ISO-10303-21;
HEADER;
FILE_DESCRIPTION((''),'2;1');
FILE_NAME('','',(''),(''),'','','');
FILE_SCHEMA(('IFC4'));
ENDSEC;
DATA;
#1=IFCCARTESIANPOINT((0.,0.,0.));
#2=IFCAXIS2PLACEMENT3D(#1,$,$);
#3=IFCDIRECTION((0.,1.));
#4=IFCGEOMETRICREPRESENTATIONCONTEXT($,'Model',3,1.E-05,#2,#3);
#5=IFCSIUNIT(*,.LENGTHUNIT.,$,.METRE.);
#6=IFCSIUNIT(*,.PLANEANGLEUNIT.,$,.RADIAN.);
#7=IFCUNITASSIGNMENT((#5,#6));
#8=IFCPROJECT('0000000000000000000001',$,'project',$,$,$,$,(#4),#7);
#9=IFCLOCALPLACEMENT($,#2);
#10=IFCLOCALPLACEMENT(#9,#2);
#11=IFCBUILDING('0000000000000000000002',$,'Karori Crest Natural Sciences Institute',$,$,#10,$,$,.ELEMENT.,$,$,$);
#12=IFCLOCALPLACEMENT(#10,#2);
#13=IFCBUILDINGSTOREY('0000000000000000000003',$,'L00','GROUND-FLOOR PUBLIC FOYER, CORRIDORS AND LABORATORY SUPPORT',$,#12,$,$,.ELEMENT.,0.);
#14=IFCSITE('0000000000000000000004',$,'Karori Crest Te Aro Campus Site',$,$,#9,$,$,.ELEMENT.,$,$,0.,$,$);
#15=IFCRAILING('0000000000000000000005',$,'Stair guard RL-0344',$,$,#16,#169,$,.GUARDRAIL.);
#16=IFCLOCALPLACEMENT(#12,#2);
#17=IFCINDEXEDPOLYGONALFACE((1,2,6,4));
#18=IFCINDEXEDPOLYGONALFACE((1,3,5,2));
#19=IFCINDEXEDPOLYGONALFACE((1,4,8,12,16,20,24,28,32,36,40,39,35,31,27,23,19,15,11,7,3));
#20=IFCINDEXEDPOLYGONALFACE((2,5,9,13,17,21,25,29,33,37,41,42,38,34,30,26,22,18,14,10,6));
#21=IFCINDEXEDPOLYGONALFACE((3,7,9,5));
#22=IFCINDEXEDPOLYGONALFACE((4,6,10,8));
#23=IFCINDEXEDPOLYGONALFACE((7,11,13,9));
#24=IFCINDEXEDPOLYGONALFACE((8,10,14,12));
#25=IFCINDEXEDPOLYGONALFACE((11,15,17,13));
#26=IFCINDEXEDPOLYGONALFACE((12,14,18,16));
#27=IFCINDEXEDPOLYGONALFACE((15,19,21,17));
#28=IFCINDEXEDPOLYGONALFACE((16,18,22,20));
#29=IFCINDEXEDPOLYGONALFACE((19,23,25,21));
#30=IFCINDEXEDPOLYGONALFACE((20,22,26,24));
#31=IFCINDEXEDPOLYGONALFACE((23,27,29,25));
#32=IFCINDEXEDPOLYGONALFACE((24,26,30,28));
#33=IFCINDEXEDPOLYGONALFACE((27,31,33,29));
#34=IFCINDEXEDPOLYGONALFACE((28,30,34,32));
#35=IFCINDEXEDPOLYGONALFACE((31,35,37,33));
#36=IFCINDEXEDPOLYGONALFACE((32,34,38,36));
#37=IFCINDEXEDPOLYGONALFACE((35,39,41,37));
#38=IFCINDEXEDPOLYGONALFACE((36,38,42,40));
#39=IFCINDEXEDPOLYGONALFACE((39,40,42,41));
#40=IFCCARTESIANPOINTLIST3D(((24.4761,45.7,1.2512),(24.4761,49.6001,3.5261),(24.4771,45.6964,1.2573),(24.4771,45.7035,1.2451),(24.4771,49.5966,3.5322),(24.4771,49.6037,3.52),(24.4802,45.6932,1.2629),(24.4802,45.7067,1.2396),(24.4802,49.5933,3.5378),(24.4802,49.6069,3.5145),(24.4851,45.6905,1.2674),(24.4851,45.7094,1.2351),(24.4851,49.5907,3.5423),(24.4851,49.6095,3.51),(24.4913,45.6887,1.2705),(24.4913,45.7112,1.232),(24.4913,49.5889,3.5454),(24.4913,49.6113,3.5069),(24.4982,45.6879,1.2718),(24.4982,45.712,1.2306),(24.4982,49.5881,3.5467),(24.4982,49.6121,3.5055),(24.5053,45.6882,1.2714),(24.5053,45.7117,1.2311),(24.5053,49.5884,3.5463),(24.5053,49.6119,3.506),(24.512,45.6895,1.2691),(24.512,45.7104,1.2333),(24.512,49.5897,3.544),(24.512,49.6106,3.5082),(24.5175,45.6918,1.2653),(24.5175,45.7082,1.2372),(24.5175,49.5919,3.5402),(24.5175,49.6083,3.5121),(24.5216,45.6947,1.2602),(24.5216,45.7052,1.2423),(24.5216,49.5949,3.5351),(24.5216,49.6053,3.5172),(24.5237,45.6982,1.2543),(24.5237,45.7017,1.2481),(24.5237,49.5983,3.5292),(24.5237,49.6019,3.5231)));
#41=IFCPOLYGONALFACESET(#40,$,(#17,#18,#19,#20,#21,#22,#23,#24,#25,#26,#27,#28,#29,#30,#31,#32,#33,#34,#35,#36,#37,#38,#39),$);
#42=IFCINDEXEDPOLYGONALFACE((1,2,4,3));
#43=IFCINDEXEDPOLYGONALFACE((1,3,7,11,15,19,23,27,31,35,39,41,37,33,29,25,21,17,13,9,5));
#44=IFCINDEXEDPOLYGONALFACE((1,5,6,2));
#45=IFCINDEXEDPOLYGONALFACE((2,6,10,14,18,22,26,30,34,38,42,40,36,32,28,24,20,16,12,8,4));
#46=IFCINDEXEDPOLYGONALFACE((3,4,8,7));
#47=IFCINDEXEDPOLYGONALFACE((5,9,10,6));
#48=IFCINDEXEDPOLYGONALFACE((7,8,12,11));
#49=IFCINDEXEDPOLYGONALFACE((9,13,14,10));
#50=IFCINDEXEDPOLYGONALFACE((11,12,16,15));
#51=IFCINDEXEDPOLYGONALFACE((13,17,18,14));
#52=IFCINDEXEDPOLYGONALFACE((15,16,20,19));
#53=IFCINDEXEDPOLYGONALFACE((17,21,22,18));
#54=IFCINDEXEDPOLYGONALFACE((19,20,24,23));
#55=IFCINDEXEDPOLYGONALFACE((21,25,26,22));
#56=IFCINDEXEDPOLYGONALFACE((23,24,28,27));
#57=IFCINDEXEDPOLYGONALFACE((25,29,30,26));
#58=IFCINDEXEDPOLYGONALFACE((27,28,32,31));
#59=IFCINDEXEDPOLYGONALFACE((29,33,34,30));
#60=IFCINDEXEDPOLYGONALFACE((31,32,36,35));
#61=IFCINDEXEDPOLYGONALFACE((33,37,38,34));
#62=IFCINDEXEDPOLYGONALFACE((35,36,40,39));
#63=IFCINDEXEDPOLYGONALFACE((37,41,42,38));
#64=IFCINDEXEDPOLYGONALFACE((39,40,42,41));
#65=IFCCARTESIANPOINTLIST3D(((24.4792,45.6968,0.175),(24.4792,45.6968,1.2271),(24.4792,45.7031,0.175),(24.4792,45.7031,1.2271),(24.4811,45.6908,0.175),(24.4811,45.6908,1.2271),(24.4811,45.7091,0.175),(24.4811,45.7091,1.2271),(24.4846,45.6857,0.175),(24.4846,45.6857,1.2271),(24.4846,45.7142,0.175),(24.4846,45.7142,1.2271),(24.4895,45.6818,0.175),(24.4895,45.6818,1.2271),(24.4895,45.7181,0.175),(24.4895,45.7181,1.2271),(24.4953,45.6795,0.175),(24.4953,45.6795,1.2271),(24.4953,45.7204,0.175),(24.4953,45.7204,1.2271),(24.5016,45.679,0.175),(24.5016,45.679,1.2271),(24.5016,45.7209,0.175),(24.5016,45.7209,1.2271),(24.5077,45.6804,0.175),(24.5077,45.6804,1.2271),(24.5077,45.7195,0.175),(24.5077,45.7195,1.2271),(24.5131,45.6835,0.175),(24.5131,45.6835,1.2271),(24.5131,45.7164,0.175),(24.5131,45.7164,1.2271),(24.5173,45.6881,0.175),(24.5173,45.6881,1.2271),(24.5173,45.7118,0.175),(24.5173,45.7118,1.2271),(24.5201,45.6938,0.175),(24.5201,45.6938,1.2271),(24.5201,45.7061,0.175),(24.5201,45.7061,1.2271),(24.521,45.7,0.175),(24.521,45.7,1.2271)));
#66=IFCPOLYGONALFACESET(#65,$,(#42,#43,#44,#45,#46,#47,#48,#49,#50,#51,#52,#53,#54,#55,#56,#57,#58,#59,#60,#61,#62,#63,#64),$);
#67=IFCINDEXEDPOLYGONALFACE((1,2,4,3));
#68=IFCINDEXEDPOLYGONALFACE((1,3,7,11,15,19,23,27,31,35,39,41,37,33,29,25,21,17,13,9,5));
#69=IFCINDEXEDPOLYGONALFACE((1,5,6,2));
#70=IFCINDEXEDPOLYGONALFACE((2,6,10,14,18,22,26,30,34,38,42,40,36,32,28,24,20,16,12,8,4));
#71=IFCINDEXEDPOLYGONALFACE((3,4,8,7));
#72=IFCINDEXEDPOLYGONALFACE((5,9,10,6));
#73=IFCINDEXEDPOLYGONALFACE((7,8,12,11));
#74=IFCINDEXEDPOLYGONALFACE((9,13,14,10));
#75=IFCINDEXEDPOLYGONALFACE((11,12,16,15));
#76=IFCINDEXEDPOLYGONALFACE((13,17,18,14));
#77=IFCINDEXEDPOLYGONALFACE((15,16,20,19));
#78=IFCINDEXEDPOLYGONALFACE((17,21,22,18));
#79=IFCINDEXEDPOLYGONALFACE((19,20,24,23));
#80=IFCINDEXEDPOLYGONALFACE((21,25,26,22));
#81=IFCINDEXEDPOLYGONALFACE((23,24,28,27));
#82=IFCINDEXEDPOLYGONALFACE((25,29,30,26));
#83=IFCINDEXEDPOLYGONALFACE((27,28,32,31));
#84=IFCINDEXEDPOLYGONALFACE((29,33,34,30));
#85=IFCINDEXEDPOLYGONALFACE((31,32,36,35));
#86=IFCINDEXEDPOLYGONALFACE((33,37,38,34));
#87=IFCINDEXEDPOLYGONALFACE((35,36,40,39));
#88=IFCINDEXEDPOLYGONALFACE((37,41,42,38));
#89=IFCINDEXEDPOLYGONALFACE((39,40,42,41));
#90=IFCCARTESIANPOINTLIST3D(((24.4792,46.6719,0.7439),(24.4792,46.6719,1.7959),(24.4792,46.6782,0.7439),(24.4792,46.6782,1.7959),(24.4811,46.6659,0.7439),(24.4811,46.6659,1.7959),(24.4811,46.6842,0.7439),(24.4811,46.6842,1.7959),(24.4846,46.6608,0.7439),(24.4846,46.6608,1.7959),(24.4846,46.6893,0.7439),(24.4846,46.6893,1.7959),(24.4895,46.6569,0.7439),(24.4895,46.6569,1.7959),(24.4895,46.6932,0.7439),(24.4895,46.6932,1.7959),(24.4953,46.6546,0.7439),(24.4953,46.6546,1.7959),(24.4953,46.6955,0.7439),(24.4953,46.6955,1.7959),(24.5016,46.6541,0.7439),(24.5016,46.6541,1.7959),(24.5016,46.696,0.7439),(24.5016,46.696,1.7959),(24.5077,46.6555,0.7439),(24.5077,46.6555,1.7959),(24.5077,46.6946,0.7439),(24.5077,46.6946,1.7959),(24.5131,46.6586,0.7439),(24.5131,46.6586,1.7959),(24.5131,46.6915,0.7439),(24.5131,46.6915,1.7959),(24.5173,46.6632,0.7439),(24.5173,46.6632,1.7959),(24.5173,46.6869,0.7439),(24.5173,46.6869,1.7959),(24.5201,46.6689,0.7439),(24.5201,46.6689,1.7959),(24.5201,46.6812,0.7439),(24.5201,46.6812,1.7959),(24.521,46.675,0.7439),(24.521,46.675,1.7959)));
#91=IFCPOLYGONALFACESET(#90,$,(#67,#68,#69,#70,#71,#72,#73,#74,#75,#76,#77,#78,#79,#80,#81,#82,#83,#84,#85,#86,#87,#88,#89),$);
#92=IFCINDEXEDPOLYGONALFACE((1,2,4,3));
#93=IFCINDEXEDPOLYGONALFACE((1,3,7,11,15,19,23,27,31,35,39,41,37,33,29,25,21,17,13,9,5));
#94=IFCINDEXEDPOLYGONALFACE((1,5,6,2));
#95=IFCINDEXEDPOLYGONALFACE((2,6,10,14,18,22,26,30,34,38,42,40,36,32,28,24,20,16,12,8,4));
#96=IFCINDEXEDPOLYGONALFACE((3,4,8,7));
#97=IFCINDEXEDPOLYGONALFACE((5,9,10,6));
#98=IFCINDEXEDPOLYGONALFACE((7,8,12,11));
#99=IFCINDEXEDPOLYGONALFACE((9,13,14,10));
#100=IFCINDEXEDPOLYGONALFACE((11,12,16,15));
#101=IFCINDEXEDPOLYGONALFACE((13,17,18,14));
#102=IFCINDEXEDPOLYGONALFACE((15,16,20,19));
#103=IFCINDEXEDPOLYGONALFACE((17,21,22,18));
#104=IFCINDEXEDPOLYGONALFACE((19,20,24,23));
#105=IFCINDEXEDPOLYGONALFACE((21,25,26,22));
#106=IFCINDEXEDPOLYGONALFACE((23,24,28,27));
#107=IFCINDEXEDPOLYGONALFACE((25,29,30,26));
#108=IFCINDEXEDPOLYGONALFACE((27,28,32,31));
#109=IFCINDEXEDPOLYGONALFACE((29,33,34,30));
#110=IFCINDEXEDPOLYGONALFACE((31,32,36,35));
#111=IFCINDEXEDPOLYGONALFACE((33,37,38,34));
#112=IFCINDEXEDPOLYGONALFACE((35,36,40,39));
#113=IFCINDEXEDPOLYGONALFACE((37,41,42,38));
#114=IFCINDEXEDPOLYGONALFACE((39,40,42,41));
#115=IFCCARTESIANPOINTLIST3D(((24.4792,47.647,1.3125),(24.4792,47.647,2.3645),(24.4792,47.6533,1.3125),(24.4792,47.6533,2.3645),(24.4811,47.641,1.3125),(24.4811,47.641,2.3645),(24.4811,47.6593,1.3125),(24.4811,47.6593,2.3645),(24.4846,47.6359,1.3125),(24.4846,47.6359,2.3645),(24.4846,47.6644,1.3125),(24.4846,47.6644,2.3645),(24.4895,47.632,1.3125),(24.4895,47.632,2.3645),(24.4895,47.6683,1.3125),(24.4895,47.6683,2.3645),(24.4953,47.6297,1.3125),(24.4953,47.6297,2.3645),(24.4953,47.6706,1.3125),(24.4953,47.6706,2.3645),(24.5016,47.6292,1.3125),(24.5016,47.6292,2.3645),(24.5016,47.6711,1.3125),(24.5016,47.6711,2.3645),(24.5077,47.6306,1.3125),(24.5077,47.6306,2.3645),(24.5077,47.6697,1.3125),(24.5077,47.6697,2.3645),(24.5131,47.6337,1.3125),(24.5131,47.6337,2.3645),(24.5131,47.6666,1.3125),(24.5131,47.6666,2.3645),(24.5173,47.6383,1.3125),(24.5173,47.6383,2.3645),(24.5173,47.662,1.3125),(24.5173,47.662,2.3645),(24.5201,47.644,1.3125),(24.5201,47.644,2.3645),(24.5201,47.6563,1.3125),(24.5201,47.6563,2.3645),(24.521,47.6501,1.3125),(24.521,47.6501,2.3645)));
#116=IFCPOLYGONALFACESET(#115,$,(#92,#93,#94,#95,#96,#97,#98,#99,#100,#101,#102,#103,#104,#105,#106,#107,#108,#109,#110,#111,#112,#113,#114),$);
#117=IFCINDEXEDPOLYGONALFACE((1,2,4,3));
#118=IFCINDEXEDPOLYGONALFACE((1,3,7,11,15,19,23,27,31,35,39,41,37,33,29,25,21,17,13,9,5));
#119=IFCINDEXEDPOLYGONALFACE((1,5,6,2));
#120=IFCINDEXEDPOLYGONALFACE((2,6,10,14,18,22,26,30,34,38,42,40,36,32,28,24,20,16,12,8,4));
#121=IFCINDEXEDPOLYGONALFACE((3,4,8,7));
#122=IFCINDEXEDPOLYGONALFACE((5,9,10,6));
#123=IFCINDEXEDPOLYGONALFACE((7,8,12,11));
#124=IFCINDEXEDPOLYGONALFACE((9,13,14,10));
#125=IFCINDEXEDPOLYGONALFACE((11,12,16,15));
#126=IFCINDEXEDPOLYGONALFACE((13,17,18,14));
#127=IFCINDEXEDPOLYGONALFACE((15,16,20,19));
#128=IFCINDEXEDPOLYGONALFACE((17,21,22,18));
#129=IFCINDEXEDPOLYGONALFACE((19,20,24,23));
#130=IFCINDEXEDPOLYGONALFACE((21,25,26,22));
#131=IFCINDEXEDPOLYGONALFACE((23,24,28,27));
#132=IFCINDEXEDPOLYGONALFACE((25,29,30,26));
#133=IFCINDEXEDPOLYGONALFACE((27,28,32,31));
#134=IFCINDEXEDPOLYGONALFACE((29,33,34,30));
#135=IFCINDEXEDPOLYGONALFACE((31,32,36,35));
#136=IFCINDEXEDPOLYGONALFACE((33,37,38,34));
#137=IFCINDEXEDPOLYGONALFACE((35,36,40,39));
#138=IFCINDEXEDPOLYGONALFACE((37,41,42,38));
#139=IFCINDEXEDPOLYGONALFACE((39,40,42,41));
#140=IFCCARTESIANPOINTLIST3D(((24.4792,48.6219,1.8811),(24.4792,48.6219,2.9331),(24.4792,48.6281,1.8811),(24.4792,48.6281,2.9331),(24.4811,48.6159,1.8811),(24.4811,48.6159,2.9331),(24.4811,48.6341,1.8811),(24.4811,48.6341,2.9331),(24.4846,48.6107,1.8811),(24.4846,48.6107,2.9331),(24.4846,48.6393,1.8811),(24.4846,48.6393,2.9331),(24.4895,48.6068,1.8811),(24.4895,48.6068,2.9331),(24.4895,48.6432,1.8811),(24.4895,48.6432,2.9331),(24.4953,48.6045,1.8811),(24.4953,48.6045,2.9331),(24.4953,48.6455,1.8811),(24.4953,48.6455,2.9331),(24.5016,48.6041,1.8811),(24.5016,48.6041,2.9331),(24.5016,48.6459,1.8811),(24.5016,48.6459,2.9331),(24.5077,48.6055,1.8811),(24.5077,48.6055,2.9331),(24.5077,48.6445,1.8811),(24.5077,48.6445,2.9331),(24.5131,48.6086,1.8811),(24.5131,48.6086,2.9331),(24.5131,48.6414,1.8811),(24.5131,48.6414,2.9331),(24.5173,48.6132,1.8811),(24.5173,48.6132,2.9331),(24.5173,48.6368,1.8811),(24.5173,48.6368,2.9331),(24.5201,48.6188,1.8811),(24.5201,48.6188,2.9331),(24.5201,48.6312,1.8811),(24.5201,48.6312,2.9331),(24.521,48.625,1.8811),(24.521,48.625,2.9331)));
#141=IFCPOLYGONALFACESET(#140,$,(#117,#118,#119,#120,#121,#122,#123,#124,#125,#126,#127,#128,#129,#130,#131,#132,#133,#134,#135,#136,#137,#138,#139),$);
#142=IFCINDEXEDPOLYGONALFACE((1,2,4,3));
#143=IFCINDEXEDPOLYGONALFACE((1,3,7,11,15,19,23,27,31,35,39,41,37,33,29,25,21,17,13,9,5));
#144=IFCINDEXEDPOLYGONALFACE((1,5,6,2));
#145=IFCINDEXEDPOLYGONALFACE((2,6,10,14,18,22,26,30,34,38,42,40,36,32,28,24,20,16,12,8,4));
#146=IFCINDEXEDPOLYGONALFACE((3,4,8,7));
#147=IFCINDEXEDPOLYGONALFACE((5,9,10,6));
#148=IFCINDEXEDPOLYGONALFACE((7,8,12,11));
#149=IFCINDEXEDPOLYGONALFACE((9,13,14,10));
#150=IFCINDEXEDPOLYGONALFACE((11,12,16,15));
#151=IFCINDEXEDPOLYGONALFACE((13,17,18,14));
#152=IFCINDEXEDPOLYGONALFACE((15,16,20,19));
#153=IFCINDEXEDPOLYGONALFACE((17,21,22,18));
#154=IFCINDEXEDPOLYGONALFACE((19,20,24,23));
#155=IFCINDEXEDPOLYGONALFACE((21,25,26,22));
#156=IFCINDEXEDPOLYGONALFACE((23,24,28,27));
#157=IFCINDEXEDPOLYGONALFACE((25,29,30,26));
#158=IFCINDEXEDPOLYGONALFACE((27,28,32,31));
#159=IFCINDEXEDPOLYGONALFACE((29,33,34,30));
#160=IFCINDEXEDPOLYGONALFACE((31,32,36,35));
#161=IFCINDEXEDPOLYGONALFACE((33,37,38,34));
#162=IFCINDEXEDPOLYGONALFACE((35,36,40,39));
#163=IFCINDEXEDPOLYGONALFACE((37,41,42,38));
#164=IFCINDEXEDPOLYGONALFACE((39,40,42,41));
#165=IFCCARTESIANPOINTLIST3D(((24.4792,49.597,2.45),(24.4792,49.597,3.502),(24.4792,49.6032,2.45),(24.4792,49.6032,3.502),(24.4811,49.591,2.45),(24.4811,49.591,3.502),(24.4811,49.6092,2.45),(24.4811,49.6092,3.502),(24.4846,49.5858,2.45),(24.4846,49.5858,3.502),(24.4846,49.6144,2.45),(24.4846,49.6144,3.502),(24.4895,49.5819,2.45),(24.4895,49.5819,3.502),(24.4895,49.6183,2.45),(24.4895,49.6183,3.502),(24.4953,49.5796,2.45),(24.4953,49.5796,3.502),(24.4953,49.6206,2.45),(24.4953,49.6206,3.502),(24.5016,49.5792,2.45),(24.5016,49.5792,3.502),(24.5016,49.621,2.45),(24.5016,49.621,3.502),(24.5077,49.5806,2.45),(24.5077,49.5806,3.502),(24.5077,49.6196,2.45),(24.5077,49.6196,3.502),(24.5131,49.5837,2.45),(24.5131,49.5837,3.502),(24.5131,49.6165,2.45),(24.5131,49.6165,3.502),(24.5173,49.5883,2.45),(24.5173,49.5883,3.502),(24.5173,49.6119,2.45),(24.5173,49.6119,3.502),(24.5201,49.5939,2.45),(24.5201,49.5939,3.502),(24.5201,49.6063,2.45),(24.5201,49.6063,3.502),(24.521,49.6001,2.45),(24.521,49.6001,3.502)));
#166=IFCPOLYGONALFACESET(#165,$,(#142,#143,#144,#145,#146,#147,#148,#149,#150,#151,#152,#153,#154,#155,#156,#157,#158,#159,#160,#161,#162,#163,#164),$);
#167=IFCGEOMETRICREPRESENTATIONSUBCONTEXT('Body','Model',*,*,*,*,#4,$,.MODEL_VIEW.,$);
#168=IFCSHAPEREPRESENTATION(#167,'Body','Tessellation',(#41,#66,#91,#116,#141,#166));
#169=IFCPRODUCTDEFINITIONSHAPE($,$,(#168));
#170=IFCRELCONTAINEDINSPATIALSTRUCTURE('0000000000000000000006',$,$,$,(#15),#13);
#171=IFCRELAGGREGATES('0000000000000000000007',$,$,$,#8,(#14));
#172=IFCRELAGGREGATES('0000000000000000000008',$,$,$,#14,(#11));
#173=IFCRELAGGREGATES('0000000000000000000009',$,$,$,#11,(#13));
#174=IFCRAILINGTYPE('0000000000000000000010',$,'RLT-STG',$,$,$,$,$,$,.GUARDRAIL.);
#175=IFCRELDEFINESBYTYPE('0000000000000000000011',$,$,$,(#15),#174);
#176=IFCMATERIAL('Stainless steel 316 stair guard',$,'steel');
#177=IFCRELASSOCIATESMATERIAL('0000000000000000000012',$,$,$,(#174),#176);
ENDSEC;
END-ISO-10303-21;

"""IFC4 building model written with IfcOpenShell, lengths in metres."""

from ifc_helpers import new_model, si_unit, direction, frame, origin, origin_2d, place, context, subcontext, project, spatial, circle, extrude, material, type_object, element, save


model = new_model("IFC4")

# Units and contexts
model_context = context("Model", 3, precision=1e-05, world=origin(), true_north=direction((0.0, 1.0)))
body_context = subcontext(model_context, "Body", "Model", "MODEL_VIEW")
ifc_project = project(units=[si_unit("LENGTHUNIT", "METRE"), si_unit("PLANEANGLEUNIT", "RADIAN")], contexts=[model_context])

# Site, building, storey
site_placement = place(None, origin())
site = spatial("IfcSite", under=ifc_project, at=site_placement, Name="Karori Crest Te Aro Campus Site", CompositionType="ELEMENT", RefElevation=0.0)
building_placement = place(site_placement, origin())
building = spatial("IfcBuilding", under=site, at=building_placement, Name="Karori Crest Natural Sciences Institute", CompositionType="ELEMENT")
storey_placement = place(building_placement, origin())
storey = spatial("IfcBuildingStorey", under=building, at=storey_placement, Name="L00", Description="GROUND-FLOOR PUBLIC FOYER, CORRIDORS AND LABORATORY SUPPORT", CompositionType="ELEMENT", Elevation=0.0)

# Railing
ifc_material_1 = material(Name="Stainless steel 316 stair guard", Category="steel")
railing_type_1 = type_object("IfcRailingType", Name="RLT-STG", PredefinedType="GUARDRAIL", material=ifc_material_1)
railing_1_placement = place(storey_placement, frame((24.5, 45.7, 0.175)))
element("IfcRailing", 1, at=railing_1_placement, inside=storey, type_object=railing_type_1, Name="Stair guard RL-0344", PredefinedType="GUARDRAIL", context=body_context, shape_type="SweptSolid", body=[
    extrude(circle(Radius=0.0239, at=origin_2d()), frame((0.0, 0.0, 1.0762), z_axis=(0.0, 0.863797, 0.503841), x_axis=(-1.0, 0.0, 0.0)), (0.0, 0.0, 1.0), 4.5151),
    extrude(circle(Radius=0.021, at=origin_2d()), origin(), (0.0, 0.0, 1.0), 1.052),
    extrude(circle(Radius=0.021, at=origin_2d()), frame((0.0, 0.9751, 0.5688)), (0.0, 0.0, 1.0), 1.052),
    extrude(circle(Radius=0.021, at=origin_2d()), frame((0.0, 1.9502, 1.1375)), (0.0, 0.0, 1.0), 1.052),
    extrude(circle(Radius=0.021, at=origin_2d()), frame((0.0, 2.925, 1.7061)), (0.0, 0.0, 1.0), 1.052),
    extrude(circle(Radius=0.021, at=origin_2d()), frame((0.0, 3.9001, 2.2749)), (0.0, 0.0, 1.0), 1.052),
])

save(model, "model.ifc")
